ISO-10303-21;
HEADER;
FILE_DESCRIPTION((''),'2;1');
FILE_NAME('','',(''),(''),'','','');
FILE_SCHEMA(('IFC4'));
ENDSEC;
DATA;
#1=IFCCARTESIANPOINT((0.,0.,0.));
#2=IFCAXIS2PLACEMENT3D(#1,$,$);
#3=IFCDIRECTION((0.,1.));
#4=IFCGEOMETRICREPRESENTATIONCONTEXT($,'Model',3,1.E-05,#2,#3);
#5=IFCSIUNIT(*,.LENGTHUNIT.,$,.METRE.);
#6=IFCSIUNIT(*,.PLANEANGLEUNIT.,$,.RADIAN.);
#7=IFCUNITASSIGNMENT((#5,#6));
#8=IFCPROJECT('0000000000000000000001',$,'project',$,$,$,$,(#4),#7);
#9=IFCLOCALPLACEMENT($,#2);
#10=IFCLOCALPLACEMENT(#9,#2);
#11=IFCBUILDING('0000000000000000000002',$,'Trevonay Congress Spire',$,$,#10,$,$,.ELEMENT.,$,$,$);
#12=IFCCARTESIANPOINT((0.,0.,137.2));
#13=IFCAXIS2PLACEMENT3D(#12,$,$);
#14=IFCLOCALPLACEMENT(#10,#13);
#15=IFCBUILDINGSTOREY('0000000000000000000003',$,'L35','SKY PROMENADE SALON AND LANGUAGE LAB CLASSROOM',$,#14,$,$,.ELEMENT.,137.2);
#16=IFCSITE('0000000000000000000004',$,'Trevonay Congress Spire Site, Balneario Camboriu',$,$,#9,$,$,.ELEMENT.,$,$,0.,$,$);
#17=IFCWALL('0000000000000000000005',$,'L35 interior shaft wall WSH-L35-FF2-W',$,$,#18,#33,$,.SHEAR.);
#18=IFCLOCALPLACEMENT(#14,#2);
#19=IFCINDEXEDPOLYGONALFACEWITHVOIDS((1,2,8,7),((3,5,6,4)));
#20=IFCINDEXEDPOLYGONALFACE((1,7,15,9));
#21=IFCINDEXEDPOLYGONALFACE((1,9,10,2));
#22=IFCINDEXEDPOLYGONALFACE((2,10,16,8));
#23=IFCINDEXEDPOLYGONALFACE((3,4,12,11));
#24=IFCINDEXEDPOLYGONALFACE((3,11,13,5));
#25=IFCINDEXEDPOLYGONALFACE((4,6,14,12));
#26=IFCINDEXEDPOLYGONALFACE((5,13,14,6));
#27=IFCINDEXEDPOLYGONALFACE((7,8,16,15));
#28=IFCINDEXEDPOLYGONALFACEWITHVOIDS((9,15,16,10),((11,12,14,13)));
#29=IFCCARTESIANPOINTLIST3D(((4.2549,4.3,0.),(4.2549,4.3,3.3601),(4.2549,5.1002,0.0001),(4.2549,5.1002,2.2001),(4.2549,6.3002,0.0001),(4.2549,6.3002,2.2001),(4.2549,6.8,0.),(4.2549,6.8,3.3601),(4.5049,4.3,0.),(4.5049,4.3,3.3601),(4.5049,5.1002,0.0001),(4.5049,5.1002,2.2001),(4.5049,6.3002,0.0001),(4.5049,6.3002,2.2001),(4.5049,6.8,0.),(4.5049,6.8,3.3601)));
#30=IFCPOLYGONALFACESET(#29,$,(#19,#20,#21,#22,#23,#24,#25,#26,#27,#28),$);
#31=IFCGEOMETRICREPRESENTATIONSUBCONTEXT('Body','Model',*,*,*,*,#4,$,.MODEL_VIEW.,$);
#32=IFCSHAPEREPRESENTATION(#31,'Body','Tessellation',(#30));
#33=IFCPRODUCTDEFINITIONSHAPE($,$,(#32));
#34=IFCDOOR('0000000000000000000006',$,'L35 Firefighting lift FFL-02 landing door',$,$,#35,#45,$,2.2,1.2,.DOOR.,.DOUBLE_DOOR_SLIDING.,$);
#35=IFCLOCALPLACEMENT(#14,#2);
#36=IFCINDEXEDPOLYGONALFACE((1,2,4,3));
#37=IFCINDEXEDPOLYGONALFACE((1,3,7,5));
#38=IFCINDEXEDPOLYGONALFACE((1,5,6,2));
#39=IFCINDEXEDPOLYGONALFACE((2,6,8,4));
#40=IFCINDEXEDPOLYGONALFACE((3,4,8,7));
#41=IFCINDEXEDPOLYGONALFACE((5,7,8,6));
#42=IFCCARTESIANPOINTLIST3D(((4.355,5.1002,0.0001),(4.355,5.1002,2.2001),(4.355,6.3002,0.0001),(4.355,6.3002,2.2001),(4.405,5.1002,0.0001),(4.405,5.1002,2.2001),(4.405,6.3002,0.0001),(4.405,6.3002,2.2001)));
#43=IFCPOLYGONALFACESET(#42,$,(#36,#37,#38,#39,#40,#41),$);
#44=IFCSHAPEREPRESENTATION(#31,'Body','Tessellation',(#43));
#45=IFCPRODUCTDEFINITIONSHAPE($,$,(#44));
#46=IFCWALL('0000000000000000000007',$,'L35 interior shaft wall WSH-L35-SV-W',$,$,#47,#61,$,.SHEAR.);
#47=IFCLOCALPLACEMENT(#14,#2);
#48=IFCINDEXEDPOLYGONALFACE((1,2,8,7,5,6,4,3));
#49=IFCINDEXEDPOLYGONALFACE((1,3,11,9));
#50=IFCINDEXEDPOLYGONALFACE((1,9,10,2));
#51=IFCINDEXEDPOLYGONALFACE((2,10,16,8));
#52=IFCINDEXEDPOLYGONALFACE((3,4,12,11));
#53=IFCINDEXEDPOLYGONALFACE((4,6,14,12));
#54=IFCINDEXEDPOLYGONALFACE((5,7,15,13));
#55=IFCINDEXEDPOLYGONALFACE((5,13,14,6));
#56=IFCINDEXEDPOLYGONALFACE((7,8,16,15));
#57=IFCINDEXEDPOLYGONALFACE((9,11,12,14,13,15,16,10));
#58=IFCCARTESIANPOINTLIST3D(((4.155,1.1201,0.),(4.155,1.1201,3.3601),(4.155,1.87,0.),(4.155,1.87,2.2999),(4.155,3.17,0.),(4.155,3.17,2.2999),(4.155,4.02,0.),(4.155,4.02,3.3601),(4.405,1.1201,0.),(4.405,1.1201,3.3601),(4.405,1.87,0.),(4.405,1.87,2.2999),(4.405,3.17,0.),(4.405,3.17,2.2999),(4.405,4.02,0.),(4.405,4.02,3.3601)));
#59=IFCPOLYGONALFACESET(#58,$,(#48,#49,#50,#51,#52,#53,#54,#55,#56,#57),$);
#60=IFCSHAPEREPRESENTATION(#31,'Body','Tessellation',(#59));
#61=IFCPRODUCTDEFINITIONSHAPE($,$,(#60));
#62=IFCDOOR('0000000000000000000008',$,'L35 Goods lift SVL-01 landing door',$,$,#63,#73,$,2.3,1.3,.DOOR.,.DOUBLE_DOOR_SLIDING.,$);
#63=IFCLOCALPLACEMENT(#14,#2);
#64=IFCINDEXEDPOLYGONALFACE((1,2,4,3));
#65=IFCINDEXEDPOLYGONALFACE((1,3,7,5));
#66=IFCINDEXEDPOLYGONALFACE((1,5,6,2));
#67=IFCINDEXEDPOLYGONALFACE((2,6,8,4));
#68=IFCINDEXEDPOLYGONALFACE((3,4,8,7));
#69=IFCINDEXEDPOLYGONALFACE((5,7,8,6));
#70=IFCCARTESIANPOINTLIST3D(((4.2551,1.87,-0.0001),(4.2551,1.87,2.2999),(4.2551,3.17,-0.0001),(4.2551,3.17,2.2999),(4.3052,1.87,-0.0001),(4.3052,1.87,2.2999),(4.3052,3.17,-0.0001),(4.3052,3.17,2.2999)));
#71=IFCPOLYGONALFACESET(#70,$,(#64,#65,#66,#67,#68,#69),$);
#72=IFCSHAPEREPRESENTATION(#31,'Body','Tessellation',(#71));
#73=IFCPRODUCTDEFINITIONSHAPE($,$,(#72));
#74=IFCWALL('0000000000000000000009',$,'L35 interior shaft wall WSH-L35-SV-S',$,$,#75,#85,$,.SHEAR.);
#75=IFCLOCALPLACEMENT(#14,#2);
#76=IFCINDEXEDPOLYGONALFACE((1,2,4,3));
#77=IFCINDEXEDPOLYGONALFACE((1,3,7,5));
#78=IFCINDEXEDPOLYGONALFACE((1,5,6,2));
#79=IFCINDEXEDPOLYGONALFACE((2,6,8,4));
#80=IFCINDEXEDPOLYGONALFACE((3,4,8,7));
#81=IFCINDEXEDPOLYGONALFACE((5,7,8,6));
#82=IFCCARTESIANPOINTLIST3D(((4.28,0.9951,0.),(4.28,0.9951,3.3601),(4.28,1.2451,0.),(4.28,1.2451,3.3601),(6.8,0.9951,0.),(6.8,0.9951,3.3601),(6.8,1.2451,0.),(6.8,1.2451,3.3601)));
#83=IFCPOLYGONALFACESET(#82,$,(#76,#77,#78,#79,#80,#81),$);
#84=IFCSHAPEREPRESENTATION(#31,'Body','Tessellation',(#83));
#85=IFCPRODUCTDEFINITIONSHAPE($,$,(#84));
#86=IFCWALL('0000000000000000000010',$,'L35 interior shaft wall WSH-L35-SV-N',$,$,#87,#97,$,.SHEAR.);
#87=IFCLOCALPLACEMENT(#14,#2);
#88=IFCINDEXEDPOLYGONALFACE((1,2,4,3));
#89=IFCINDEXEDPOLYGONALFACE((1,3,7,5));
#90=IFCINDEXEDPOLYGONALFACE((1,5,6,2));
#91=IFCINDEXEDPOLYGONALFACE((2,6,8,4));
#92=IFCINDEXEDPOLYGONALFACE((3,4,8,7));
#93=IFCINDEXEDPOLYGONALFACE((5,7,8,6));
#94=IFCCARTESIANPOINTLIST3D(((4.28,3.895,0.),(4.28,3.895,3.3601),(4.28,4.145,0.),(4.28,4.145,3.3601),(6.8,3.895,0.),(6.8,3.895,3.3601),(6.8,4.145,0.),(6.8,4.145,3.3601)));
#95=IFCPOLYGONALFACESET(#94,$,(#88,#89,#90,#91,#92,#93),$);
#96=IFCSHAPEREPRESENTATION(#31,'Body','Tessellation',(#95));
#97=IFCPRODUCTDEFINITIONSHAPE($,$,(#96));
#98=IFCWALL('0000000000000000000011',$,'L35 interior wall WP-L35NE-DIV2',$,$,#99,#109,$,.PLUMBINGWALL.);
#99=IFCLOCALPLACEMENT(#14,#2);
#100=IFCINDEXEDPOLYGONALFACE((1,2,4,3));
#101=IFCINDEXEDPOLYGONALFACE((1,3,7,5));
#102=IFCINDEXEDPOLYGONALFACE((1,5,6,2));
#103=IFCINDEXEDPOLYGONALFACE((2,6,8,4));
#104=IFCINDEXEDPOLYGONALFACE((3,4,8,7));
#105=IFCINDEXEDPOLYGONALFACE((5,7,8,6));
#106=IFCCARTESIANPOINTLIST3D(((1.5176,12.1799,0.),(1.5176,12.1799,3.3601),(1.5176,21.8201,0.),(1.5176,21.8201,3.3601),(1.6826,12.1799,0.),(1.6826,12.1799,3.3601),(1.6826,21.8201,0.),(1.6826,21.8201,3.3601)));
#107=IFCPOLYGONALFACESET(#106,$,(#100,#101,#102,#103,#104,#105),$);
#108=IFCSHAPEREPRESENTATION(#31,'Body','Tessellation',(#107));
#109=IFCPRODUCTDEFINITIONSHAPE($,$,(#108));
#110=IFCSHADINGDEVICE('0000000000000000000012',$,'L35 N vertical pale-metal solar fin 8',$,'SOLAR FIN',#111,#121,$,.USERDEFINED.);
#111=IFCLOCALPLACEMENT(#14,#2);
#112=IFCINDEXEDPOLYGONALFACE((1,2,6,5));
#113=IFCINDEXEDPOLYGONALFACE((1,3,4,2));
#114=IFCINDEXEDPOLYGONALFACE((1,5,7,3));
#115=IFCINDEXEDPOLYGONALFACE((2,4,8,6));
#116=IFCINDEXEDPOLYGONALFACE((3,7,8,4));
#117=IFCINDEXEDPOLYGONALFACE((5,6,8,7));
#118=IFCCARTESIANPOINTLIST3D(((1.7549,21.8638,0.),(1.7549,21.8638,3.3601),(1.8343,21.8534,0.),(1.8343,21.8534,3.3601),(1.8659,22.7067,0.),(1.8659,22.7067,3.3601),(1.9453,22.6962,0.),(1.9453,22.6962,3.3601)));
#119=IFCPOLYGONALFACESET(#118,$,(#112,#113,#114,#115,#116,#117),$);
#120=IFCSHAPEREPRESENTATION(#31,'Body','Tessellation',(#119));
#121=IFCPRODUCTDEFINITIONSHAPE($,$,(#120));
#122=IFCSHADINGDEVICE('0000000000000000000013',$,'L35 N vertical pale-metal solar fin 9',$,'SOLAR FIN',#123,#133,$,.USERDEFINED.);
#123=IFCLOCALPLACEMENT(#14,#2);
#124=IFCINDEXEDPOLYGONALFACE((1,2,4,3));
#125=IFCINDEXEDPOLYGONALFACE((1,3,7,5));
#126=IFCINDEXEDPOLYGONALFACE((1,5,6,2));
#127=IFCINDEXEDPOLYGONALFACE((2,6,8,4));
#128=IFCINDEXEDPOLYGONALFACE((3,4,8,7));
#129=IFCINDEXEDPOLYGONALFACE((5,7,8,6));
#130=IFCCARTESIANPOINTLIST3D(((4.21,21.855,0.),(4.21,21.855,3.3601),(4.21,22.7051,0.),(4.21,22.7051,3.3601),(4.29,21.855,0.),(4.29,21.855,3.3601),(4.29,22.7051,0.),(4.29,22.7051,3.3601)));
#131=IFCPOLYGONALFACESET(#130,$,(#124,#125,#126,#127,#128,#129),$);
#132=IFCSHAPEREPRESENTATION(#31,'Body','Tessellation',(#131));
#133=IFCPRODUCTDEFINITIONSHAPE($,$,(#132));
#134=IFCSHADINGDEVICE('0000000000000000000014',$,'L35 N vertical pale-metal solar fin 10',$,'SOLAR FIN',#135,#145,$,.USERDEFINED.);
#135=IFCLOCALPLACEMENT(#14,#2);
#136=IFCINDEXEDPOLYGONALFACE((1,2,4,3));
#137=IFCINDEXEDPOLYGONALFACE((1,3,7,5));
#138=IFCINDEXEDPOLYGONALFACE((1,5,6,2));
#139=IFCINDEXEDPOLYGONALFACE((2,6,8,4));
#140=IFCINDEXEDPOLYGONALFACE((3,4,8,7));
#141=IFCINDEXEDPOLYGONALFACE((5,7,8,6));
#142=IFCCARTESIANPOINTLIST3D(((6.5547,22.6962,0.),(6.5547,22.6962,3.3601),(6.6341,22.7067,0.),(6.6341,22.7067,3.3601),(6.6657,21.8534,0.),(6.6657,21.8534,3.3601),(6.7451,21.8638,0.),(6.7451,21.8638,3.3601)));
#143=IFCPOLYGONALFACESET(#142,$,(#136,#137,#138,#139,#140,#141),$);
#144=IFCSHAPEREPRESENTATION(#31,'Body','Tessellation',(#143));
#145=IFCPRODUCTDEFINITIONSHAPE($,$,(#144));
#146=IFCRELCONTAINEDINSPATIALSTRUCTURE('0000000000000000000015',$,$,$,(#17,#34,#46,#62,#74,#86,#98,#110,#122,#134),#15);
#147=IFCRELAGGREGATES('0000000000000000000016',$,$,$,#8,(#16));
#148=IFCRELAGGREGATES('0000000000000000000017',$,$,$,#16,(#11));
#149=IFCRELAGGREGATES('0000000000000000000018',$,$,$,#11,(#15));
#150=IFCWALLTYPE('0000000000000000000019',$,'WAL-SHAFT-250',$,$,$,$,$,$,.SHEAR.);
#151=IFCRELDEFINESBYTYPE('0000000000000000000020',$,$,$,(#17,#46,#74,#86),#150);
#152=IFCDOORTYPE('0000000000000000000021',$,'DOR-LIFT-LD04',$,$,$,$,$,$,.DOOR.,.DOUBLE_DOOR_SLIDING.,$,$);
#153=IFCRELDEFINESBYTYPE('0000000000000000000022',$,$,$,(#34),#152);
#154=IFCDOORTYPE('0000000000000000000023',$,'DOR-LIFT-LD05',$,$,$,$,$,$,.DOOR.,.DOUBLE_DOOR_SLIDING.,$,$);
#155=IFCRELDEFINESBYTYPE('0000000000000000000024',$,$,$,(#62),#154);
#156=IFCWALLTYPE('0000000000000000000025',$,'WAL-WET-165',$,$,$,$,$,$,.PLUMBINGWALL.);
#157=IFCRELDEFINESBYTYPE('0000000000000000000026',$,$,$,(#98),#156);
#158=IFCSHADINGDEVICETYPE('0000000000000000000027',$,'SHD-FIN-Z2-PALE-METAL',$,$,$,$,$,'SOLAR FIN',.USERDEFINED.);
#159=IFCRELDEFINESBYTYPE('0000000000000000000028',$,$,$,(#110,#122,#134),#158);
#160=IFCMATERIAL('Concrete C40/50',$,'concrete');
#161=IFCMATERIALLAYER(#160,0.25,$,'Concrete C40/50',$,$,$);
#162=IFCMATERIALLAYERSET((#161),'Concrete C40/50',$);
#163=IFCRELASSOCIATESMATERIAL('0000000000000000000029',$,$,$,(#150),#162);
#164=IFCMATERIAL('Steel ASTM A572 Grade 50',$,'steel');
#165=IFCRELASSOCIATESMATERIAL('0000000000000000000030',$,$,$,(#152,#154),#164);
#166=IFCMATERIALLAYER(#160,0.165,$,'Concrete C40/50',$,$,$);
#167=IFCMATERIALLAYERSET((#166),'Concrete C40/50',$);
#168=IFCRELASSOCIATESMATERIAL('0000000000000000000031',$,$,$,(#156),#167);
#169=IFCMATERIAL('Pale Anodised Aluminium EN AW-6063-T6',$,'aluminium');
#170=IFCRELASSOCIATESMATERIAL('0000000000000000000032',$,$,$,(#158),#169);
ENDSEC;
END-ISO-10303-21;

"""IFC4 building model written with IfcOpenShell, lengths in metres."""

from ifc_helpers import new_model, si_unit, direction, frame, frame_2d, origin, origin_2d, place, context, subcontext, project, spatial, rectangle, extrude, material, layer, layer_set, type_object, element, fill, save


model = new_model("IFC4")

# Units and contexts
model_context = context("Model", 3, precision=1e-05, world=origin(), true_north=direction((0.0, 1.0)))
body_context = subcontext(model_context, "Body", "Model", "MODEL_VIEW")
ifc_project = project(units=[si_unit("LENGTHUNIT", "METRE"), si_unit("PLANEANGLEUNIT", "RADIAN")], contexts=[model_context])

# Site, building, storey
site_placement = place(None, origin())
site = spatial("IfcSite", under=ifc_project, at=site_placement, Name="Trevonay Congress Spire Site, Balneario Camboriu", CompositionType="ELEMENT", RefElevation=0.0)
building_placement = place(site_placement, origin())
building = spatial("IfcBuilding", under=site, at=building_placement, Name="Trevonay Congress Spire", CompositionType="ELEMENT")
storey_placement = place(building_placement, frame((0.0, 0.0, 137.2)))
storey = spatial("IfcBuildingStorey", under=building, at=storey_placement, Name="L35", Description="SKY PROMENADE SALON AND LANGUAGE LAB CLASSROOM", CompositionType="ELEMENT", Elevation=137.2)

# Shared definitions
ifc_material_1 = material(Name="Steel ASTM A572 Grade 50", Category="steel")

# Shared definitions
ifc_material_2 = material(Name="Pale Anodised Aluminium EN AW-6063-T6", Category="aluminium")

# Shared definitions
ifc_material_3 = material(Name="Concrete C40/50", Category="concrete")
ifc_layer_1 = layer(ifc_material_3, 0.25, Name="Concrete C40/50")
ifc_layer_set_1 = layer_set([ifc_layer_1], Name="Concrete C40/50")
wall_type_1 = type_object("IfcWallType", Name="WAL-SHAFT-250", PredefinedType="SHEAR", material=ifc_layer_set_1)

# Walls, openings, doors
wall_1_placement = place(storey_placement, frame((4.3799, 4.3, 0.0), z_axis=(0.0, 0.0, 1.0), x_axis=(0.0, 1.0, 0.0)))
wall_1 = element("IfcWall", 1, at=wall_1_placement, inside=storey, type_object=wall_type_1, Name="L35 interior shaft wall WSH-L35-FF2-W", PredefinedType="SHEAR", context=body_context, shape_type="SweptSolid", body=[
    extrude(rectangle(XDim=2.5, YDim=0.25, at=frame_2d((1.25, 0.0))), origin(), (0.0, 0.0, 1.0), 3.3601),
])
opening_1_placement = place(wall_1_placement, frame((0.8, 0.0, 0.0)))
opening_1 = element("IfcOpeningElement", 2, at=opening_1_placement, cuts=wall_1, PredefinedType="OPENING", context=body_context, shape_type="SweptSolid", body=[
    extrude(rectangle(XDim=1.2, YDim=2.2, at=frame_2d((0.6001, 1.1001))), frame((0.0, 0.135, 0.0), z_axis=(0.0, -1.0, 0.0), x_axis=(1.0, 0.0, 0.0)), (0.0, 0.0, 1.0), 0.27),
])
door_type_1 = type_object("IfcDoorType", Name="DOR-LIFT-LD04", OperationType="DOUBLE_DOOR_SLIDING", PredefinedType="DOOR", material=ifc_material_1)
door_1_placement = place(opening_1_placement, origin())
door_1 = element("IfcDoor", 3, at=door_1_placement, inside=storey, type_object=door_type_1, Name="L35 Firefighting lift FFL-02 landing door", OperationType="DOUBLE_DOOR_SLIDING", OverallHeight=2.2, OverallWidth=1.2, PredefinedType="DOOR", context=body_context, shape_type="SweptSolid", body=[
    extrude(rectangle(XDim=1.2, YDim=2.2, at=frame_2d((0.6001, 1.1001))), frame((0.0, 0.0249, 0.0), z_axis=(0.0, -1.0, 0.0), x_axis=(1.0, 0.0, 0.0)), (0.0, 0.0, 1.0), 0.05),
])
fill(opening_1, door_1)
wall_2_placement = place(storey_placement, frame((4.28, 1.1201, 0.0), z_axis=(0.0, 0.0, 1.0), x_axis=(0.0, 1.0, 0.0)))
wall_2 = element("IfcWall", 4, at=wall_2_placement, inside=storey, type_object=wall_type_1, Name="L35 interior shaft wall WSH-L35-SV-W", PredefinedType="SHEAR", context=body_context, shape_type="SweptSolid", body=[
    extrude(rectangle(XDim=2.8999, YDim=0.25, at=frame_2d((1.45, 0.0))), origin(), (0.0, 0.0, 1.0), 3.3601),
])
opening_2_placement = place(wall_2_placement, frame((0.75, 0.0, 0.0)))
opening_2 = element("IfcOpeningElement", 5, at=opening_2_placement, cuts=wall_2, PredefinedType="OPENING", context=body_context, shape_type="SweptSolid", body=[
    extrude(rectangle(XDim=1.3, YDim=2.3, at=frame_2d((0.6499, 1.1499))), frame((0.0, 0.135, 0.0), z_axis=(0.0, -1.0, 0.0), x_axis=(1.0, 0.0, 0.0)), (0.0, 0.0, 1.0), 0.27),
])
door_type_2 = type_object("IfcDoorType", Name="DOR-LIFT-LD05", OperationType="DOUBLE_DOOR_SLIDING", PredefinedType="DOOR", material=ifc_material_1)
door_2_placement = place(opening_2_placement, origin())
door_2 = element("IfcDoor", 6, at=door_2_placement, inside=storey, type_object=door_type_2, Name="L35 Goods lift SVL-01 landing door", OperationType="DOUBLE_DOOR_SLIDING", OverallHeight=2.3, OverallWidth=1.3, PredefinedType="DOOR", context=body_context, shape_type="SweptSolid", body=[
    extrude(rectangle(XDim=1.3, YDim=2.3, at=frame_2d((0.6499, 1.1499))), frame((0.0, 0.0249, 0.0), z_axis=(0.0, -1.0, 0.0), x_axis=(1.0, 0.0, 0.0)), (0.0, 0.0, 1.0), 0.05),
])
fill(opening_2, door_2)

# Walls
for number, where, z_axis, x_axis, name in (
    (7, (4.28, 1.1201, 0.0), (0.0, 0.0, 1.0), (1.0, 0.0, 0.0), "L35 interior shaft wall WSH-L35-SV-S"),
    (8, (4.28, 4.02, 0.0), (0.0, 0.0, 1.0), (1.0, 0.0, 0.0), "L35 interior shaft wall WSH-L35-SV-N"),
):
    element("IfcWall", number, at=place(storey_placement, frame(where, z_axis=z_axis, x_axis=x_axis)), inside=storey, type_object=wall_type_1, Name=name, PredefinedType="SHEAR", context=body_context, shape_type="SweptSolid", body=[
        extrude(rectangle(XDim=2.52, YDim=0.25, at=frame_2d((1.26, 0.0))), origin(), (0.0, 0.0, 1.0), 3.3601),
    ])
ifc_layer_2 = layer(ifc_material_3, 0.165, Name="Concrete C40/50")
ifc_layer_set_2 = layer_set([ifc_layer_2], Name="Concrete C40/50")
wall_type_2 = type_object("IfcWallType", Name="WAL-WET-165", PredefinedType="PLUMBINGWALL", material=ifc_layer_set_2)
wall_3_placement = place(storey_placement, frame((1.6001, 12.1799, 0.0), z_axis=(0.0, 0.0, 1.0), x_axis=(0.0, 1.0, 0.0)))
element("IfcWall", 9, at=wall_3_placement, inside=storey, type_object=wall_type_2, Name="L35 interior wall WP-L35NE-DIV2", PredefinedType="PLUMBINGWALL", context=body_context, shape_type="SweptSolid", body=[
    extrude(rectangle(XDim=9.6401, YDim=0.165, at=frame_2d((4.8201, 0.0))), origin(), (0.0, 0.0, 1.0), 3.3601),
])

# Shading devices
shading_device_type = type_object("IfcShadingDeviceType", Name="SHD-FIN-Z2-PALE-METAL", ElementType="SOLAR FIN", PredefinedType="USERDEFINED", material=ifc_material_2)
for number, where, z_axis, x_axis, name in (
    (10, (1.8501, 22.28, 0.0), (0.0, 0.0, 1.0), (0.991445, -0.130526, 0.0), "L35 N vertical pale-metal solar fin 8"),
    (11, (4.25, 22.28, 0.0), (0.0, 0.0, 1.0), (1.0, 0.0, 0.0), "L35 N vertical pale-metal solar fin 9"),
    (12, (6.6499, 22.28, 0.0), (0.0, 0.0, 1.0), (0.991445, 0.130526, 0.0), "L35 N vertical pale-metal solar fin 10"),
):
    element("IfcShadingDevice", number, at=place(storey_placement, frame(where, z_axis=z_axis, x_axis=x_axis)), inside=storey, type_object=shading_device_type, Name=name, ObjectType="SOLAR FIN", PredefinedType="USERDEFINED", context=body_context, shape_type="SweptSolid", body=[
        extrude(rectangle(XDim=0.0801, YDim=0.8501, at=origin_2d()), origin(), (0.0, 0.0, 1.0), 3.3601),
    ])

save(model, "model.ifc")
